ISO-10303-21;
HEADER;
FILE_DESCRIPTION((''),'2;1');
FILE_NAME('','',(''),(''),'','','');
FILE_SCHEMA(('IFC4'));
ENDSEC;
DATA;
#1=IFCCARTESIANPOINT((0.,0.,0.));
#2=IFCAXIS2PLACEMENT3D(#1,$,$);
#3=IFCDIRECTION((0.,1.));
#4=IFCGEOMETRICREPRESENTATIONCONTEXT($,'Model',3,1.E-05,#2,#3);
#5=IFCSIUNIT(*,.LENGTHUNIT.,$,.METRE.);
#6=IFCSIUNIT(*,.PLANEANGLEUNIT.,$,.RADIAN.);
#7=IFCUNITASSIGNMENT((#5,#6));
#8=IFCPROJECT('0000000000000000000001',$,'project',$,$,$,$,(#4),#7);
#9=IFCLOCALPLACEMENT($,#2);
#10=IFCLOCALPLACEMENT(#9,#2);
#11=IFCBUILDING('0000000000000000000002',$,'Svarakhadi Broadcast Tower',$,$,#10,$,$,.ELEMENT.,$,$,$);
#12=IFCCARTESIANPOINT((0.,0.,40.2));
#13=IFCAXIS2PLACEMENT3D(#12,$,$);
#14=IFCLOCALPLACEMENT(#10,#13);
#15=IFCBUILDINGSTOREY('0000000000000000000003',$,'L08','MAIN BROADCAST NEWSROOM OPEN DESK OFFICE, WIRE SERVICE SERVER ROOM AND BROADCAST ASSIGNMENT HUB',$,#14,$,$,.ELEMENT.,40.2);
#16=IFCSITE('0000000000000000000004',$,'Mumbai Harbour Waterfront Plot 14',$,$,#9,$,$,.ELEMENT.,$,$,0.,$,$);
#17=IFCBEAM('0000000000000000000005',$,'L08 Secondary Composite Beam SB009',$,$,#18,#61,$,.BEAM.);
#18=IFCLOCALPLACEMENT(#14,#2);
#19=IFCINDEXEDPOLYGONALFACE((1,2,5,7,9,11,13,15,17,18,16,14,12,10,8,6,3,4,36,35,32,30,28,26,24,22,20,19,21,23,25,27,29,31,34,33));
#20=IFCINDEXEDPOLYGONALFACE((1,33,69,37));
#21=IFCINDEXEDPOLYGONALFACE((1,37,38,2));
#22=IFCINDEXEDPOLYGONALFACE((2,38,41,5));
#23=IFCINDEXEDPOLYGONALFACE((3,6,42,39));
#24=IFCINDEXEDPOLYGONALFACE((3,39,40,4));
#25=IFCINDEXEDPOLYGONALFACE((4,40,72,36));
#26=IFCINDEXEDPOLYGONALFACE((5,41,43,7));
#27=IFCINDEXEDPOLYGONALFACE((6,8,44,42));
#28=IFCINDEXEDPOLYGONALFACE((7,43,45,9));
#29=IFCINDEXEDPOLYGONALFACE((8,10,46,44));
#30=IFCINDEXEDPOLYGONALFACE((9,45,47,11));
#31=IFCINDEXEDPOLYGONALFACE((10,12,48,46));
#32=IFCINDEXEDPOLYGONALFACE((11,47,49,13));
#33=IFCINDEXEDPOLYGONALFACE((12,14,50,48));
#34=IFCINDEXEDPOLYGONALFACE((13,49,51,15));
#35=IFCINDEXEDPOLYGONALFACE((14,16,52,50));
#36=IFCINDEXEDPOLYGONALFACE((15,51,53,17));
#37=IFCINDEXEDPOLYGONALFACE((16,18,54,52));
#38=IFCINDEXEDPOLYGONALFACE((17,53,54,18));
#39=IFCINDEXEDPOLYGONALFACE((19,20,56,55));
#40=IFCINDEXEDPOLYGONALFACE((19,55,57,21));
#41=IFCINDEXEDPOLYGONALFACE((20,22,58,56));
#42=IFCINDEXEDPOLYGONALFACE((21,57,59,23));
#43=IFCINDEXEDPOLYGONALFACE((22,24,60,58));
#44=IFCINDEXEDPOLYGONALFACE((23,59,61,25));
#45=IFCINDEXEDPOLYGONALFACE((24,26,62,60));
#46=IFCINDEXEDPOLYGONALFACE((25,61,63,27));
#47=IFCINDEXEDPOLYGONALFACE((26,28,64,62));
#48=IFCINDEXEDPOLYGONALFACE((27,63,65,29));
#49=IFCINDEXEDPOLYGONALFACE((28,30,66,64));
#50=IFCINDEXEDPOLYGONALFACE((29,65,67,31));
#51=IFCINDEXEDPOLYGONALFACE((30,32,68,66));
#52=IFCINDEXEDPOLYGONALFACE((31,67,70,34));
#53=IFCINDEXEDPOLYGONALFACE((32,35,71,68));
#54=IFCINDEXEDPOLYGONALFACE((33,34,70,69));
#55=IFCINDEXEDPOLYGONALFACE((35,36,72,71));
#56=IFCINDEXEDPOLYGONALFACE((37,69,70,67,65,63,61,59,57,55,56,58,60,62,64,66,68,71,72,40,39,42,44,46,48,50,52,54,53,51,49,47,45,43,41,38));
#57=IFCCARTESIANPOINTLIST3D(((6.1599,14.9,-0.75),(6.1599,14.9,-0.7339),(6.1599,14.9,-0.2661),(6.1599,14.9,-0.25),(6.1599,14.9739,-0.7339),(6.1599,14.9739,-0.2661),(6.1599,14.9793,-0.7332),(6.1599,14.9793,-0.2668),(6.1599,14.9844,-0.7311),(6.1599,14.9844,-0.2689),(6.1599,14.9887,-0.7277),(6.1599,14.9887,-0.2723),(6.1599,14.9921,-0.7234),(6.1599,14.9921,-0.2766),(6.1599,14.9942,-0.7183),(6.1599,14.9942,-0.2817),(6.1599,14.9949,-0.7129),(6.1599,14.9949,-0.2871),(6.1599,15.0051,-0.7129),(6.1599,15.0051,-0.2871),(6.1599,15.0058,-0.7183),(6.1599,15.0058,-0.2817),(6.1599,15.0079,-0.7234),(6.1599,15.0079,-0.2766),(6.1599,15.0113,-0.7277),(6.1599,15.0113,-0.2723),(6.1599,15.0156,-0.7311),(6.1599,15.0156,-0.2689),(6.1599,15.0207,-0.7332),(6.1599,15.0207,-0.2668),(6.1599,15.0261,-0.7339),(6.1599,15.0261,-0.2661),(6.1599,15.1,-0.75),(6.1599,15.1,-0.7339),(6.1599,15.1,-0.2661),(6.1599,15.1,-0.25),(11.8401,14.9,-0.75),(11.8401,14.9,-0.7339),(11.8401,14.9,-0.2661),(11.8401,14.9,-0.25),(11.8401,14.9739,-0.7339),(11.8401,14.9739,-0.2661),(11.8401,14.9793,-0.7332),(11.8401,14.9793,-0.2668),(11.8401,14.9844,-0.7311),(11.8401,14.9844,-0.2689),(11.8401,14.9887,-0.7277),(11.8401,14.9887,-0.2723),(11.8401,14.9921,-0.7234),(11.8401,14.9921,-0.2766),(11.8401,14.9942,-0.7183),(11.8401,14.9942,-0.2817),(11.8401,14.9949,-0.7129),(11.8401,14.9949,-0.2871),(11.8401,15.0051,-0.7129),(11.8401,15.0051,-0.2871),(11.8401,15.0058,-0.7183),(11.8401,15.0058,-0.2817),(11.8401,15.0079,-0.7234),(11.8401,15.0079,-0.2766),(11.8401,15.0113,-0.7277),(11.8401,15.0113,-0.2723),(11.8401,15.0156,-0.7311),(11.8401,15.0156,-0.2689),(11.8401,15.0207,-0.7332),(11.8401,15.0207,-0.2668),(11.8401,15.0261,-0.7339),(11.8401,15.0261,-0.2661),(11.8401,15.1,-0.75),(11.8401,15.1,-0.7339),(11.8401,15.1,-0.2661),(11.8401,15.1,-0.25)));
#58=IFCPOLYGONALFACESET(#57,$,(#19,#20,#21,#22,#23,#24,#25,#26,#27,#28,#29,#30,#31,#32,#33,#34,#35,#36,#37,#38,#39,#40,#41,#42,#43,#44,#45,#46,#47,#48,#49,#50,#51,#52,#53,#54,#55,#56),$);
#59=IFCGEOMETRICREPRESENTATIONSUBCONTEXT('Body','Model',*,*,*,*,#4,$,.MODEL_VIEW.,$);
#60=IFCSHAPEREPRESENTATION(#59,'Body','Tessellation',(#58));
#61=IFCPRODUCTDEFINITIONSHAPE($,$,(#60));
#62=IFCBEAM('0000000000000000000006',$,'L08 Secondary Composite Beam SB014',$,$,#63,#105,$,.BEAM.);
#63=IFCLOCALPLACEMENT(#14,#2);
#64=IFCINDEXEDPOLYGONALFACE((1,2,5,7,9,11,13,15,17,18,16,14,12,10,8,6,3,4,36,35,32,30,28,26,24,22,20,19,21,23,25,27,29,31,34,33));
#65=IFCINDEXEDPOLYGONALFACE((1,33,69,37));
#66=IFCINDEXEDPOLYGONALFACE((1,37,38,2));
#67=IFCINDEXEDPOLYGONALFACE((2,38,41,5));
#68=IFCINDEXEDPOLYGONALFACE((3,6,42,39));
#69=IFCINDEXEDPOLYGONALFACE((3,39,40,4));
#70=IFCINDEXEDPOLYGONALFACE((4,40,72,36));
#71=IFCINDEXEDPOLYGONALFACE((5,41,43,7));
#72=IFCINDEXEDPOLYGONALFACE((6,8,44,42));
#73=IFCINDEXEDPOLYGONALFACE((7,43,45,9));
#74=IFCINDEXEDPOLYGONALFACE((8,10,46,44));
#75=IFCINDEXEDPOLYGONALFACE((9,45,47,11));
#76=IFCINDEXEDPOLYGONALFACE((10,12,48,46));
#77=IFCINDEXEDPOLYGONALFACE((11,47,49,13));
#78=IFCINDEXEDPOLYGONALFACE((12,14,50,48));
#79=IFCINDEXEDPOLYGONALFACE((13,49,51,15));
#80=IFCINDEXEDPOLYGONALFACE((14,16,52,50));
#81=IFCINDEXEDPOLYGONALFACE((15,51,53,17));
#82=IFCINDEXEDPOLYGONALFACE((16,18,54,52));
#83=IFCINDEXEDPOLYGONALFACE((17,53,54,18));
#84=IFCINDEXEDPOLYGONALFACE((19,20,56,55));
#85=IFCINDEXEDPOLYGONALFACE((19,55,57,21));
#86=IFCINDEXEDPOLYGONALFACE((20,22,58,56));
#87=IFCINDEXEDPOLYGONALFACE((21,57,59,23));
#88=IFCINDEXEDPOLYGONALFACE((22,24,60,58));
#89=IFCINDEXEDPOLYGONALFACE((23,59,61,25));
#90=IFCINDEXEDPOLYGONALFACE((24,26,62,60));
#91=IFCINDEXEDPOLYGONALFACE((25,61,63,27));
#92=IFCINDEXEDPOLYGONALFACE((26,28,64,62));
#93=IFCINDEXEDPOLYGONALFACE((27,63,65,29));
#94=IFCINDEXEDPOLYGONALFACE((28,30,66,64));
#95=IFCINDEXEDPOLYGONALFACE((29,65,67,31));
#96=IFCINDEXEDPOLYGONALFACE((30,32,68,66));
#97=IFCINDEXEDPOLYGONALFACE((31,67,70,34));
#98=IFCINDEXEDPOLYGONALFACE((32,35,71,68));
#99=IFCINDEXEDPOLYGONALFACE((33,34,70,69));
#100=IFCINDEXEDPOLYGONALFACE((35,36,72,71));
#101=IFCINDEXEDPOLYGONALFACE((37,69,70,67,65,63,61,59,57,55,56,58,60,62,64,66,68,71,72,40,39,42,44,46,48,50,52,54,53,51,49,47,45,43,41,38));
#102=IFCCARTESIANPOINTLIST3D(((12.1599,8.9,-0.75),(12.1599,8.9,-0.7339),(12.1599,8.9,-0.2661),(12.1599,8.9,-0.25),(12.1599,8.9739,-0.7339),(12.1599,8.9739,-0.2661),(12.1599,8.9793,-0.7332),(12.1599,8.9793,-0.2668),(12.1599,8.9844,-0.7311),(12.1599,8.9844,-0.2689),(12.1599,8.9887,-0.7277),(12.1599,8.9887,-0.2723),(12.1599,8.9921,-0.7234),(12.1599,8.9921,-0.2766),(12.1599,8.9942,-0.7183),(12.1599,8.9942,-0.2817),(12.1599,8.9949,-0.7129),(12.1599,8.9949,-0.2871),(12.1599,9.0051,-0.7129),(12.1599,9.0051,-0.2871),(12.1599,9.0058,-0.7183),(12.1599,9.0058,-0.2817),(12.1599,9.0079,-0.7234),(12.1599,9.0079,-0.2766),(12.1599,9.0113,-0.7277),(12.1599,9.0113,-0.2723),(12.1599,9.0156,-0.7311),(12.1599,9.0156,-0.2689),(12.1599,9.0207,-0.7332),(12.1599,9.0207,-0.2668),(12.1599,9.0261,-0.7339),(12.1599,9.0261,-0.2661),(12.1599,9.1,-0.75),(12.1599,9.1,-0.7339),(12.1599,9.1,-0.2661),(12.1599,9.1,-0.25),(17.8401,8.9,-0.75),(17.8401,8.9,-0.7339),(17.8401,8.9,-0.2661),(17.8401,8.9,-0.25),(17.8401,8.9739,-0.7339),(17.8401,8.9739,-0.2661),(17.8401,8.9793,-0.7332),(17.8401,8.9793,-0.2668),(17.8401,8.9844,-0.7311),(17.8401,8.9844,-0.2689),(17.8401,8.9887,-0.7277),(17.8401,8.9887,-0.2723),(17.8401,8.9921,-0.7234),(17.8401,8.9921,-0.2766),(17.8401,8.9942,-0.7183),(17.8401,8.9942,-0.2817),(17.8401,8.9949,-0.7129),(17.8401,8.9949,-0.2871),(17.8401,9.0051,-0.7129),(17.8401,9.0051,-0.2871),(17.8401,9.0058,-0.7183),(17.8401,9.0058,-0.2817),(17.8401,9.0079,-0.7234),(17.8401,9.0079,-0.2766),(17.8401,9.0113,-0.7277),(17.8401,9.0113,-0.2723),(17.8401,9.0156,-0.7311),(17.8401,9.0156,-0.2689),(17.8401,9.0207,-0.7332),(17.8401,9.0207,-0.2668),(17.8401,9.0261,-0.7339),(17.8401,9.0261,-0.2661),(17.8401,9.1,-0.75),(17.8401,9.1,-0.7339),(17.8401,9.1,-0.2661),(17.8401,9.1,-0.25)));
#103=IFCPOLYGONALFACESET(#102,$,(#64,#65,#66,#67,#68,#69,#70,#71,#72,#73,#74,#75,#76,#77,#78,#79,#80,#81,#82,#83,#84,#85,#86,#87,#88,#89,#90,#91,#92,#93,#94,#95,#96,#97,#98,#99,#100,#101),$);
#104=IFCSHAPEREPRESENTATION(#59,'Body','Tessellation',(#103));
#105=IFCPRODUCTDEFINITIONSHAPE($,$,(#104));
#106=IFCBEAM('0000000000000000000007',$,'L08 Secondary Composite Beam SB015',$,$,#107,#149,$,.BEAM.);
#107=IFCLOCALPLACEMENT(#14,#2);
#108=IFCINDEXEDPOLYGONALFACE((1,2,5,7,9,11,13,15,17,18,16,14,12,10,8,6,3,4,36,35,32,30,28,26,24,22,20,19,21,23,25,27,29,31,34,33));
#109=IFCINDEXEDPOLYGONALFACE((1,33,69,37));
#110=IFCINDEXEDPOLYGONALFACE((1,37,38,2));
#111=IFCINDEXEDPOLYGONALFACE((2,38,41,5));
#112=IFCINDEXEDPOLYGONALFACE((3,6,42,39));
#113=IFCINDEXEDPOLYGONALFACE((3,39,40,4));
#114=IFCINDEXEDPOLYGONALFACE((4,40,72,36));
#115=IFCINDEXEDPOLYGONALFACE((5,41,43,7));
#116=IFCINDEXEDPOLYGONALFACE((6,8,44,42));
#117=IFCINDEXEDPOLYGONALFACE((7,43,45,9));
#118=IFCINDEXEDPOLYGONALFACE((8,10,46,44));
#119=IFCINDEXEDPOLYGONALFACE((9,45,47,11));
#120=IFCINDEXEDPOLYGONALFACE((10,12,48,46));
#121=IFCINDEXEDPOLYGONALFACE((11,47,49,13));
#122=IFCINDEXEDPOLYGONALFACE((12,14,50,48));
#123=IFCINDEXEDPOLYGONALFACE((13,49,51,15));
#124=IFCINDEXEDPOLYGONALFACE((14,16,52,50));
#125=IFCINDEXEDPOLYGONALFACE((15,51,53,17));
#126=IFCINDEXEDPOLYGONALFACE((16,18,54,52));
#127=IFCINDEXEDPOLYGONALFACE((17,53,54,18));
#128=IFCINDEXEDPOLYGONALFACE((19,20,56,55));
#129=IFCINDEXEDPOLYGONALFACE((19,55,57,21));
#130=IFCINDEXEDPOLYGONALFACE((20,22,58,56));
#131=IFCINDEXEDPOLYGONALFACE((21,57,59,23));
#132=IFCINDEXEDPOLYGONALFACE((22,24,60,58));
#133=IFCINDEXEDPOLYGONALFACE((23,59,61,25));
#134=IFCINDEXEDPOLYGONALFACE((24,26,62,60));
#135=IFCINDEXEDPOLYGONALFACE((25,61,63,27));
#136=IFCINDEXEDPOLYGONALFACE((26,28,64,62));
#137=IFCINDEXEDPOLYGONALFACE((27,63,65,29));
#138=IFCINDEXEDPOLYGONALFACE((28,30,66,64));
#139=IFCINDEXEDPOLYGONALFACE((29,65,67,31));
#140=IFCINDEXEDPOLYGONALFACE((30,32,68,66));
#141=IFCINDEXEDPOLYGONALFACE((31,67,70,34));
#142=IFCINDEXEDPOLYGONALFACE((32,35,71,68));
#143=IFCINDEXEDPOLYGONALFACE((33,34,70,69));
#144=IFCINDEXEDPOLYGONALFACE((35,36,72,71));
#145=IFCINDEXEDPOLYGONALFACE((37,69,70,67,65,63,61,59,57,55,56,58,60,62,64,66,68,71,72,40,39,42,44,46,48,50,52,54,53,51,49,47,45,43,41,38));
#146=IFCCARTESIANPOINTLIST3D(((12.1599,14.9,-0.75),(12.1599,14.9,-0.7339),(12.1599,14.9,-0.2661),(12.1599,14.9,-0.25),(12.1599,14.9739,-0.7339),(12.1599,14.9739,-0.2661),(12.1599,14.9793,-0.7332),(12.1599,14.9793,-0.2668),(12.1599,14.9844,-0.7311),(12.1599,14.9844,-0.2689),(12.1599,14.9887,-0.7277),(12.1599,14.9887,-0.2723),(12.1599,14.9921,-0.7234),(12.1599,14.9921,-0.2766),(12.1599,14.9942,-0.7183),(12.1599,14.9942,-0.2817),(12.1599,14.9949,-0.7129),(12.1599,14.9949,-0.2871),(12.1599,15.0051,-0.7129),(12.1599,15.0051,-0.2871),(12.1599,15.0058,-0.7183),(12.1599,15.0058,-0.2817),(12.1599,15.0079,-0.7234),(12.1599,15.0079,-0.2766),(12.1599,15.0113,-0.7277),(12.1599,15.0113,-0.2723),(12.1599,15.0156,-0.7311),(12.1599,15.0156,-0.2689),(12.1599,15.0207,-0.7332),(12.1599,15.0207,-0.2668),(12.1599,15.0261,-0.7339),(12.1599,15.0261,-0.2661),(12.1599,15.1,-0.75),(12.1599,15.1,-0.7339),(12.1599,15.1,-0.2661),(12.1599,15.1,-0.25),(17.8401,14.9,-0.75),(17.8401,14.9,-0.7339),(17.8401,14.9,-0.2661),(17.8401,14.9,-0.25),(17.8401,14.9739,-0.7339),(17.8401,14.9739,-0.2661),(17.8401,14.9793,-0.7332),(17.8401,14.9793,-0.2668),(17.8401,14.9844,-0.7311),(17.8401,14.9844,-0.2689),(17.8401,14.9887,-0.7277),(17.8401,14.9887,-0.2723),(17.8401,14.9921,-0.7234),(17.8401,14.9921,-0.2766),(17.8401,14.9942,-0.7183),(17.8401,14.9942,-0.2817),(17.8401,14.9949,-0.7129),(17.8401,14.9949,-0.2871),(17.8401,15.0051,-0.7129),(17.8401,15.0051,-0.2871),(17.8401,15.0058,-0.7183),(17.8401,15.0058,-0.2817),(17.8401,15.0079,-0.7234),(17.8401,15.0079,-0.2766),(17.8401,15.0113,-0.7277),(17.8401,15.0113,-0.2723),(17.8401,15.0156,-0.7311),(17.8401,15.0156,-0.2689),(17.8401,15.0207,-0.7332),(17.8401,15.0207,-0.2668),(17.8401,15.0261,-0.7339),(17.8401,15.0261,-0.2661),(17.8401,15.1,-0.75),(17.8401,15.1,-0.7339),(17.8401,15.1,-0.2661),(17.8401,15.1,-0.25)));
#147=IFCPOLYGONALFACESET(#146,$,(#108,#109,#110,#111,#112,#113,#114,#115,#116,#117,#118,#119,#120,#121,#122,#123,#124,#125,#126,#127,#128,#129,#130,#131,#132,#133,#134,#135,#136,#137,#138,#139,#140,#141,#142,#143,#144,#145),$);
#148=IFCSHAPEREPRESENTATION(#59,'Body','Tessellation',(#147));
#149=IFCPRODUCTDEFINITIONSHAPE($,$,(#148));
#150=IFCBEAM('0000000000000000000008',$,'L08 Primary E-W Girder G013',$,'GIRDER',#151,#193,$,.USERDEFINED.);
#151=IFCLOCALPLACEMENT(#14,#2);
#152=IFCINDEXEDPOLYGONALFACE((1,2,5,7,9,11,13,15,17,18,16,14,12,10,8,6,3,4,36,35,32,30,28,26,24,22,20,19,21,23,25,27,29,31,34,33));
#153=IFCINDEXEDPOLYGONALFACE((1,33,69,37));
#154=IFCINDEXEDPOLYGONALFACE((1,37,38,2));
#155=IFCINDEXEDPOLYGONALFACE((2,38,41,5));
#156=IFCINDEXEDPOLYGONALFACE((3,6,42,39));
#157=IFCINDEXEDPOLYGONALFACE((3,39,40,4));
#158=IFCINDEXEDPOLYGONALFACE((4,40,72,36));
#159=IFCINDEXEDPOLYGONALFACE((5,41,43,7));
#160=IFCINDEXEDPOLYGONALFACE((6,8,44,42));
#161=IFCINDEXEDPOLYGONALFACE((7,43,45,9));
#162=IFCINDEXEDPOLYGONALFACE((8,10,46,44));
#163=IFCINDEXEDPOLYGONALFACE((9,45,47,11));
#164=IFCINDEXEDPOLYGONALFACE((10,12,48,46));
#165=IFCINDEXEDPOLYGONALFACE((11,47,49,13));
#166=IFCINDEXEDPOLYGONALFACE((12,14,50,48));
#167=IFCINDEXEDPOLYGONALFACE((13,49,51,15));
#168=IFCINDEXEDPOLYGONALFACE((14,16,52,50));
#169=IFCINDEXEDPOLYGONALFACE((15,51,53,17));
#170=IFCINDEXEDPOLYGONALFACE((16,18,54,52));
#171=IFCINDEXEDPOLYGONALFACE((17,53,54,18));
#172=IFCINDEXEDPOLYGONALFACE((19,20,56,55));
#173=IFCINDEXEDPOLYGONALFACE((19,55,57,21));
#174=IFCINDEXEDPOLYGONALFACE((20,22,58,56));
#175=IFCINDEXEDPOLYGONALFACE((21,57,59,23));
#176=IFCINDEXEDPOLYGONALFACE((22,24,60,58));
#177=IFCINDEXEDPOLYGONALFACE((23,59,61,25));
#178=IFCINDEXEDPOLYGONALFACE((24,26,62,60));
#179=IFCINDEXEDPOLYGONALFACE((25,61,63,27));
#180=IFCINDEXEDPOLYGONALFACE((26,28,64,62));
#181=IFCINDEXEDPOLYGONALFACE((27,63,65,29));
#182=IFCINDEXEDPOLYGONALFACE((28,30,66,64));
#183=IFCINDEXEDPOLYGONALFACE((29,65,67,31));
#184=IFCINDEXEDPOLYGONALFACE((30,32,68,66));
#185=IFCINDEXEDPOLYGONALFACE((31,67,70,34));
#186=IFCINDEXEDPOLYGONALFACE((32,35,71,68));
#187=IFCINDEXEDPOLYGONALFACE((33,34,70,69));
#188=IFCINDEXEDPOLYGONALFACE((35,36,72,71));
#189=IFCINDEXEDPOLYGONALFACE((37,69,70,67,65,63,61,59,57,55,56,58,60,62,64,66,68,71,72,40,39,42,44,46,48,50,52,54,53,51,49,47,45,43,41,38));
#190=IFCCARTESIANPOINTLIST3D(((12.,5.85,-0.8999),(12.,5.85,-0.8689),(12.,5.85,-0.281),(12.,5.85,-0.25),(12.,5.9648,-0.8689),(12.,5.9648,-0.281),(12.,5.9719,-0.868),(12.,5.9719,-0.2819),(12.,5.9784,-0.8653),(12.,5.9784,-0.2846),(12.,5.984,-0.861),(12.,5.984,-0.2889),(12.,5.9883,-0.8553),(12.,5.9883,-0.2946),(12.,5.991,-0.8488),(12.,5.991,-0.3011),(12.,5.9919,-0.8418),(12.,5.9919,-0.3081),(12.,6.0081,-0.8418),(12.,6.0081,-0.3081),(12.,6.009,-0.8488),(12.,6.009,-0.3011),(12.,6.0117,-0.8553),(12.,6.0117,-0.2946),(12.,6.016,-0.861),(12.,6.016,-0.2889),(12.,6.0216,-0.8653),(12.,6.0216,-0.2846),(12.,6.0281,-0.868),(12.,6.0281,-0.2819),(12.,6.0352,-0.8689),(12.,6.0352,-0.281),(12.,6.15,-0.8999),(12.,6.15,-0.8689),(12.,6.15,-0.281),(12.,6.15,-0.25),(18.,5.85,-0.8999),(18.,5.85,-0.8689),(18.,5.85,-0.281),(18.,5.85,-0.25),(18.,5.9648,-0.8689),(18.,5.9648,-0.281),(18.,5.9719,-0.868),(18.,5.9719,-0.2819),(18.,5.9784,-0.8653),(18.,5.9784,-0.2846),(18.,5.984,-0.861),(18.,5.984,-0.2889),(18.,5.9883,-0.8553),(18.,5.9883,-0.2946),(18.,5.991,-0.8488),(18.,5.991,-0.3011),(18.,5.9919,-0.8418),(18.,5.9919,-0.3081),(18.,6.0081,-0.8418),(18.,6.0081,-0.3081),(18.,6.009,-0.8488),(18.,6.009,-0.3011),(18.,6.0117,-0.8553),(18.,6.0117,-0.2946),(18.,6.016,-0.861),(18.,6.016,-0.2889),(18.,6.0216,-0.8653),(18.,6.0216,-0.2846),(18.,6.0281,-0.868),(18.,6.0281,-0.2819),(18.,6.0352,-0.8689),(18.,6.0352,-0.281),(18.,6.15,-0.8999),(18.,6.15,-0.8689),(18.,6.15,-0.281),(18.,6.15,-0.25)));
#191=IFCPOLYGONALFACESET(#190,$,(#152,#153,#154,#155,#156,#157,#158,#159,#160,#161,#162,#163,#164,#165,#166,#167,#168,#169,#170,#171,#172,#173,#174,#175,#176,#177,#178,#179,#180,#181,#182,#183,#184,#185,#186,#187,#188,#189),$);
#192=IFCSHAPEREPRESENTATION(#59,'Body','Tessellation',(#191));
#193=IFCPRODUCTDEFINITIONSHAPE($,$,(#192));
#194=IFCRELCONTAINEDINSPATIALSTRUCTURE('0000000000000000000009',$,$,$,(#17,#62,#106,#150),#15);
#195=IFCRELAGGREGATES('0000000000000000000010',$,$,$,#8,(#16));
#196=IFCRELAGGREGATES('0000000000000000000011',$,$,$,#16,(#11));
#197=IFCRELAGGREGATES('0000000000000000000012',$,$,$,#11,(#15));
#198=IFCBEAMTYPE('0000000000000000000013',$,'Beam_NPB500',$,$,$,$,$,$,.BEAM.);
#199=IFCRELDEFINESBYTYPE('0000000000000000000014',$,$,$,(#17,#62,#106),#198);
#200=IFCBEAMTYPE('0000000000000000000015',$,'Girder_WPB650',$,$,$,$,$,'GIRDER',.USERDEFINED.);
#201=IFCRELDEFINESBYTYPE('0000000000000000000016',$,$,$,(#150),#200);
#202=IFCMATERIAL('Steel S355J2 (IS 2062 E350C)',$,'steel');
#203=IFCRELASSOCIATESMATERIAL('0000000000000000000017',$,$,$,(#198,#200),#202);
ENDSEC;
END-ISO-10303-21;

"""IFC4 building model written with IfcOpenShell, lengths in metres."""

from ifc_helpers import new_model, si_unit, direction, frame, origin, origin_2d, place, context, subcontext, project, spatial, i_section, extrude, material, material_profile, profile_set, type_object, element, save


model = new_model("IFC4")

# Units and contexts
model_context = context("Model", 3, precision=1e-05, world=origin(), true_north=direction((0.0, 1.0)))
body_context = subcontext(model_context, "Body", "Model", "MODEL_VIEW")
ifc_project = project(units=[si_unit("LENGTHUNIT", "METRE"), si_unit("PLANEANGLEUNIT", "RADIAN")], contexts=[model_context])

# Site, building, storey
site_placement = place(None, origin())
site = spatial("IfcSite", under=ifc_project, at=site_placement, Name="Mumbai Harbour Waterfront Plot 14", CompositionType="ELEMENT", RefElevation=0.0)
building_placement = place(site_placement, origin())
building = spatial("IfcBuilding", under=site, at=building_placement, Name="Svarakhadi Broadcast Tower", CompositionType="ELEMENT")
storey_placement = place(building_placement, frame((0.0, 0.0, 40.2)))
storey = spatial("IfcBuildingStorey", under=building, at=storey_placement, Name="L08", Description="MAIN BROADCAST NEWSROOM OPEN DESK OFFICE, WIRE SERVICE SERVER ROOM AND BROADCAST ASSIGNMENT HUB", CompositionType="ELEMENT", Elevation=40.2)

# Beams
ifc_material_1 = material(Name="Steel S355J2 (IS 2062 E350C)", Category="steel")
ifc_material_profile_1 = material_profile(ifc_material_1, i_section(OverallWidth=0.2, OverallDepth=0.5, WebThickness=0.0103, FlangeThickness=0.0161, FilletRadius=0.021, at=origin_2d()), Name="NPB 500x200x91")
ifc_profile_set_1 = profile_set([ifc_material_profile_1], Name="Steel S355J2 (IS 2062 E350C)")
beam_type_1 = type_object("IfcBeamType", Name="Beam_NPB500", PredefinedType="BEAM", material=ifc_profile_set_1)
for number, where, z_axis, x_axis, name in (
    (1, (6.1599, 15.0, -0.5), (1.0, 0.0, 0.0), (0.0, 1.0, 0.0), "L08 Secondary Composite Beam SB009"),
    (2, (12.1599, 9.0, -0.5), (1.0, 0.0, 0.0), (0.0, 1.0, 0.0), "L08 Secondary Composite Beam SB014"),
    (3, (12.1599, 15.0, -0.5), (1.0, 0.0, 0.0), (0.0, 1.0, 0.0), "L08 Secondary Composite Beam SB015"),
):
    element("IfcBeam", number, at=place(storey_placement, frame(where, z_axis=z_axis, x_axis=x_axis)), inside=storey, type_object=beam_type_1, Name=name, PredefinedType="BEAM", context=body_context, shape_type="SweptSolid", body=[
        extrude(i_section(OverallWidth=0.2, OverallDepth=0.5, WebThickness=0.0103, FlangeThickness=0.0161, FilletRadius=0.021, at=origin_2d()), origin(), (0.0, 0.0, 1.0), 5.6802),
    ])
ifc_material_profile_2 = material_profile(ifc_material_1, i_section(OverallWidth=0.3, OverallDepth=0.6499, WebThickness=0.0161, FlangeThickness=0.031, FilletRadius=0.0271, at=origin_2d()), Name="WPB 650x300x225")
ifc_profile_set_2 = profile_set([ifc_material_profile_2], Name="Steel S355J2 (IS 2062 E350C)")
beam_type_2 = type_object("IfcBeamType", Name="Girder_WPB650", ElementType="GIRDER", PredefinedType="USERDEFINED", material=ifc_profile_set_2)
for number, where, z_axis, x_axis, name in (
    (4, (12.0, 6.0, -0.575), (1.0, 0.0, 0.0), (0.0, 1.0, 0.0), "L08 Primary E-W Girder G013"),
):
    element("IfcBeam", number, at=place(storey_placement, frame(where, z_axis=z_axis, x_axis=x_axis)), inside=storey, type_object=beam_type_2, Name=name, ObjectType="GIRDER", PredefinedType="USERDEFINED", context=body_context, shape_type="SweptSolid", body=[
        extrude(i_section(OverallWidth=0.3, OverallDepth=0.6499, WebThickness=0.0161, FlangeThickness=0.031, FilletRadius=0.0271, at=origin_2d()), origin(), (0.0, 0.0, 1.0), 6.0),
    ])

save(model, "model.ifc")
